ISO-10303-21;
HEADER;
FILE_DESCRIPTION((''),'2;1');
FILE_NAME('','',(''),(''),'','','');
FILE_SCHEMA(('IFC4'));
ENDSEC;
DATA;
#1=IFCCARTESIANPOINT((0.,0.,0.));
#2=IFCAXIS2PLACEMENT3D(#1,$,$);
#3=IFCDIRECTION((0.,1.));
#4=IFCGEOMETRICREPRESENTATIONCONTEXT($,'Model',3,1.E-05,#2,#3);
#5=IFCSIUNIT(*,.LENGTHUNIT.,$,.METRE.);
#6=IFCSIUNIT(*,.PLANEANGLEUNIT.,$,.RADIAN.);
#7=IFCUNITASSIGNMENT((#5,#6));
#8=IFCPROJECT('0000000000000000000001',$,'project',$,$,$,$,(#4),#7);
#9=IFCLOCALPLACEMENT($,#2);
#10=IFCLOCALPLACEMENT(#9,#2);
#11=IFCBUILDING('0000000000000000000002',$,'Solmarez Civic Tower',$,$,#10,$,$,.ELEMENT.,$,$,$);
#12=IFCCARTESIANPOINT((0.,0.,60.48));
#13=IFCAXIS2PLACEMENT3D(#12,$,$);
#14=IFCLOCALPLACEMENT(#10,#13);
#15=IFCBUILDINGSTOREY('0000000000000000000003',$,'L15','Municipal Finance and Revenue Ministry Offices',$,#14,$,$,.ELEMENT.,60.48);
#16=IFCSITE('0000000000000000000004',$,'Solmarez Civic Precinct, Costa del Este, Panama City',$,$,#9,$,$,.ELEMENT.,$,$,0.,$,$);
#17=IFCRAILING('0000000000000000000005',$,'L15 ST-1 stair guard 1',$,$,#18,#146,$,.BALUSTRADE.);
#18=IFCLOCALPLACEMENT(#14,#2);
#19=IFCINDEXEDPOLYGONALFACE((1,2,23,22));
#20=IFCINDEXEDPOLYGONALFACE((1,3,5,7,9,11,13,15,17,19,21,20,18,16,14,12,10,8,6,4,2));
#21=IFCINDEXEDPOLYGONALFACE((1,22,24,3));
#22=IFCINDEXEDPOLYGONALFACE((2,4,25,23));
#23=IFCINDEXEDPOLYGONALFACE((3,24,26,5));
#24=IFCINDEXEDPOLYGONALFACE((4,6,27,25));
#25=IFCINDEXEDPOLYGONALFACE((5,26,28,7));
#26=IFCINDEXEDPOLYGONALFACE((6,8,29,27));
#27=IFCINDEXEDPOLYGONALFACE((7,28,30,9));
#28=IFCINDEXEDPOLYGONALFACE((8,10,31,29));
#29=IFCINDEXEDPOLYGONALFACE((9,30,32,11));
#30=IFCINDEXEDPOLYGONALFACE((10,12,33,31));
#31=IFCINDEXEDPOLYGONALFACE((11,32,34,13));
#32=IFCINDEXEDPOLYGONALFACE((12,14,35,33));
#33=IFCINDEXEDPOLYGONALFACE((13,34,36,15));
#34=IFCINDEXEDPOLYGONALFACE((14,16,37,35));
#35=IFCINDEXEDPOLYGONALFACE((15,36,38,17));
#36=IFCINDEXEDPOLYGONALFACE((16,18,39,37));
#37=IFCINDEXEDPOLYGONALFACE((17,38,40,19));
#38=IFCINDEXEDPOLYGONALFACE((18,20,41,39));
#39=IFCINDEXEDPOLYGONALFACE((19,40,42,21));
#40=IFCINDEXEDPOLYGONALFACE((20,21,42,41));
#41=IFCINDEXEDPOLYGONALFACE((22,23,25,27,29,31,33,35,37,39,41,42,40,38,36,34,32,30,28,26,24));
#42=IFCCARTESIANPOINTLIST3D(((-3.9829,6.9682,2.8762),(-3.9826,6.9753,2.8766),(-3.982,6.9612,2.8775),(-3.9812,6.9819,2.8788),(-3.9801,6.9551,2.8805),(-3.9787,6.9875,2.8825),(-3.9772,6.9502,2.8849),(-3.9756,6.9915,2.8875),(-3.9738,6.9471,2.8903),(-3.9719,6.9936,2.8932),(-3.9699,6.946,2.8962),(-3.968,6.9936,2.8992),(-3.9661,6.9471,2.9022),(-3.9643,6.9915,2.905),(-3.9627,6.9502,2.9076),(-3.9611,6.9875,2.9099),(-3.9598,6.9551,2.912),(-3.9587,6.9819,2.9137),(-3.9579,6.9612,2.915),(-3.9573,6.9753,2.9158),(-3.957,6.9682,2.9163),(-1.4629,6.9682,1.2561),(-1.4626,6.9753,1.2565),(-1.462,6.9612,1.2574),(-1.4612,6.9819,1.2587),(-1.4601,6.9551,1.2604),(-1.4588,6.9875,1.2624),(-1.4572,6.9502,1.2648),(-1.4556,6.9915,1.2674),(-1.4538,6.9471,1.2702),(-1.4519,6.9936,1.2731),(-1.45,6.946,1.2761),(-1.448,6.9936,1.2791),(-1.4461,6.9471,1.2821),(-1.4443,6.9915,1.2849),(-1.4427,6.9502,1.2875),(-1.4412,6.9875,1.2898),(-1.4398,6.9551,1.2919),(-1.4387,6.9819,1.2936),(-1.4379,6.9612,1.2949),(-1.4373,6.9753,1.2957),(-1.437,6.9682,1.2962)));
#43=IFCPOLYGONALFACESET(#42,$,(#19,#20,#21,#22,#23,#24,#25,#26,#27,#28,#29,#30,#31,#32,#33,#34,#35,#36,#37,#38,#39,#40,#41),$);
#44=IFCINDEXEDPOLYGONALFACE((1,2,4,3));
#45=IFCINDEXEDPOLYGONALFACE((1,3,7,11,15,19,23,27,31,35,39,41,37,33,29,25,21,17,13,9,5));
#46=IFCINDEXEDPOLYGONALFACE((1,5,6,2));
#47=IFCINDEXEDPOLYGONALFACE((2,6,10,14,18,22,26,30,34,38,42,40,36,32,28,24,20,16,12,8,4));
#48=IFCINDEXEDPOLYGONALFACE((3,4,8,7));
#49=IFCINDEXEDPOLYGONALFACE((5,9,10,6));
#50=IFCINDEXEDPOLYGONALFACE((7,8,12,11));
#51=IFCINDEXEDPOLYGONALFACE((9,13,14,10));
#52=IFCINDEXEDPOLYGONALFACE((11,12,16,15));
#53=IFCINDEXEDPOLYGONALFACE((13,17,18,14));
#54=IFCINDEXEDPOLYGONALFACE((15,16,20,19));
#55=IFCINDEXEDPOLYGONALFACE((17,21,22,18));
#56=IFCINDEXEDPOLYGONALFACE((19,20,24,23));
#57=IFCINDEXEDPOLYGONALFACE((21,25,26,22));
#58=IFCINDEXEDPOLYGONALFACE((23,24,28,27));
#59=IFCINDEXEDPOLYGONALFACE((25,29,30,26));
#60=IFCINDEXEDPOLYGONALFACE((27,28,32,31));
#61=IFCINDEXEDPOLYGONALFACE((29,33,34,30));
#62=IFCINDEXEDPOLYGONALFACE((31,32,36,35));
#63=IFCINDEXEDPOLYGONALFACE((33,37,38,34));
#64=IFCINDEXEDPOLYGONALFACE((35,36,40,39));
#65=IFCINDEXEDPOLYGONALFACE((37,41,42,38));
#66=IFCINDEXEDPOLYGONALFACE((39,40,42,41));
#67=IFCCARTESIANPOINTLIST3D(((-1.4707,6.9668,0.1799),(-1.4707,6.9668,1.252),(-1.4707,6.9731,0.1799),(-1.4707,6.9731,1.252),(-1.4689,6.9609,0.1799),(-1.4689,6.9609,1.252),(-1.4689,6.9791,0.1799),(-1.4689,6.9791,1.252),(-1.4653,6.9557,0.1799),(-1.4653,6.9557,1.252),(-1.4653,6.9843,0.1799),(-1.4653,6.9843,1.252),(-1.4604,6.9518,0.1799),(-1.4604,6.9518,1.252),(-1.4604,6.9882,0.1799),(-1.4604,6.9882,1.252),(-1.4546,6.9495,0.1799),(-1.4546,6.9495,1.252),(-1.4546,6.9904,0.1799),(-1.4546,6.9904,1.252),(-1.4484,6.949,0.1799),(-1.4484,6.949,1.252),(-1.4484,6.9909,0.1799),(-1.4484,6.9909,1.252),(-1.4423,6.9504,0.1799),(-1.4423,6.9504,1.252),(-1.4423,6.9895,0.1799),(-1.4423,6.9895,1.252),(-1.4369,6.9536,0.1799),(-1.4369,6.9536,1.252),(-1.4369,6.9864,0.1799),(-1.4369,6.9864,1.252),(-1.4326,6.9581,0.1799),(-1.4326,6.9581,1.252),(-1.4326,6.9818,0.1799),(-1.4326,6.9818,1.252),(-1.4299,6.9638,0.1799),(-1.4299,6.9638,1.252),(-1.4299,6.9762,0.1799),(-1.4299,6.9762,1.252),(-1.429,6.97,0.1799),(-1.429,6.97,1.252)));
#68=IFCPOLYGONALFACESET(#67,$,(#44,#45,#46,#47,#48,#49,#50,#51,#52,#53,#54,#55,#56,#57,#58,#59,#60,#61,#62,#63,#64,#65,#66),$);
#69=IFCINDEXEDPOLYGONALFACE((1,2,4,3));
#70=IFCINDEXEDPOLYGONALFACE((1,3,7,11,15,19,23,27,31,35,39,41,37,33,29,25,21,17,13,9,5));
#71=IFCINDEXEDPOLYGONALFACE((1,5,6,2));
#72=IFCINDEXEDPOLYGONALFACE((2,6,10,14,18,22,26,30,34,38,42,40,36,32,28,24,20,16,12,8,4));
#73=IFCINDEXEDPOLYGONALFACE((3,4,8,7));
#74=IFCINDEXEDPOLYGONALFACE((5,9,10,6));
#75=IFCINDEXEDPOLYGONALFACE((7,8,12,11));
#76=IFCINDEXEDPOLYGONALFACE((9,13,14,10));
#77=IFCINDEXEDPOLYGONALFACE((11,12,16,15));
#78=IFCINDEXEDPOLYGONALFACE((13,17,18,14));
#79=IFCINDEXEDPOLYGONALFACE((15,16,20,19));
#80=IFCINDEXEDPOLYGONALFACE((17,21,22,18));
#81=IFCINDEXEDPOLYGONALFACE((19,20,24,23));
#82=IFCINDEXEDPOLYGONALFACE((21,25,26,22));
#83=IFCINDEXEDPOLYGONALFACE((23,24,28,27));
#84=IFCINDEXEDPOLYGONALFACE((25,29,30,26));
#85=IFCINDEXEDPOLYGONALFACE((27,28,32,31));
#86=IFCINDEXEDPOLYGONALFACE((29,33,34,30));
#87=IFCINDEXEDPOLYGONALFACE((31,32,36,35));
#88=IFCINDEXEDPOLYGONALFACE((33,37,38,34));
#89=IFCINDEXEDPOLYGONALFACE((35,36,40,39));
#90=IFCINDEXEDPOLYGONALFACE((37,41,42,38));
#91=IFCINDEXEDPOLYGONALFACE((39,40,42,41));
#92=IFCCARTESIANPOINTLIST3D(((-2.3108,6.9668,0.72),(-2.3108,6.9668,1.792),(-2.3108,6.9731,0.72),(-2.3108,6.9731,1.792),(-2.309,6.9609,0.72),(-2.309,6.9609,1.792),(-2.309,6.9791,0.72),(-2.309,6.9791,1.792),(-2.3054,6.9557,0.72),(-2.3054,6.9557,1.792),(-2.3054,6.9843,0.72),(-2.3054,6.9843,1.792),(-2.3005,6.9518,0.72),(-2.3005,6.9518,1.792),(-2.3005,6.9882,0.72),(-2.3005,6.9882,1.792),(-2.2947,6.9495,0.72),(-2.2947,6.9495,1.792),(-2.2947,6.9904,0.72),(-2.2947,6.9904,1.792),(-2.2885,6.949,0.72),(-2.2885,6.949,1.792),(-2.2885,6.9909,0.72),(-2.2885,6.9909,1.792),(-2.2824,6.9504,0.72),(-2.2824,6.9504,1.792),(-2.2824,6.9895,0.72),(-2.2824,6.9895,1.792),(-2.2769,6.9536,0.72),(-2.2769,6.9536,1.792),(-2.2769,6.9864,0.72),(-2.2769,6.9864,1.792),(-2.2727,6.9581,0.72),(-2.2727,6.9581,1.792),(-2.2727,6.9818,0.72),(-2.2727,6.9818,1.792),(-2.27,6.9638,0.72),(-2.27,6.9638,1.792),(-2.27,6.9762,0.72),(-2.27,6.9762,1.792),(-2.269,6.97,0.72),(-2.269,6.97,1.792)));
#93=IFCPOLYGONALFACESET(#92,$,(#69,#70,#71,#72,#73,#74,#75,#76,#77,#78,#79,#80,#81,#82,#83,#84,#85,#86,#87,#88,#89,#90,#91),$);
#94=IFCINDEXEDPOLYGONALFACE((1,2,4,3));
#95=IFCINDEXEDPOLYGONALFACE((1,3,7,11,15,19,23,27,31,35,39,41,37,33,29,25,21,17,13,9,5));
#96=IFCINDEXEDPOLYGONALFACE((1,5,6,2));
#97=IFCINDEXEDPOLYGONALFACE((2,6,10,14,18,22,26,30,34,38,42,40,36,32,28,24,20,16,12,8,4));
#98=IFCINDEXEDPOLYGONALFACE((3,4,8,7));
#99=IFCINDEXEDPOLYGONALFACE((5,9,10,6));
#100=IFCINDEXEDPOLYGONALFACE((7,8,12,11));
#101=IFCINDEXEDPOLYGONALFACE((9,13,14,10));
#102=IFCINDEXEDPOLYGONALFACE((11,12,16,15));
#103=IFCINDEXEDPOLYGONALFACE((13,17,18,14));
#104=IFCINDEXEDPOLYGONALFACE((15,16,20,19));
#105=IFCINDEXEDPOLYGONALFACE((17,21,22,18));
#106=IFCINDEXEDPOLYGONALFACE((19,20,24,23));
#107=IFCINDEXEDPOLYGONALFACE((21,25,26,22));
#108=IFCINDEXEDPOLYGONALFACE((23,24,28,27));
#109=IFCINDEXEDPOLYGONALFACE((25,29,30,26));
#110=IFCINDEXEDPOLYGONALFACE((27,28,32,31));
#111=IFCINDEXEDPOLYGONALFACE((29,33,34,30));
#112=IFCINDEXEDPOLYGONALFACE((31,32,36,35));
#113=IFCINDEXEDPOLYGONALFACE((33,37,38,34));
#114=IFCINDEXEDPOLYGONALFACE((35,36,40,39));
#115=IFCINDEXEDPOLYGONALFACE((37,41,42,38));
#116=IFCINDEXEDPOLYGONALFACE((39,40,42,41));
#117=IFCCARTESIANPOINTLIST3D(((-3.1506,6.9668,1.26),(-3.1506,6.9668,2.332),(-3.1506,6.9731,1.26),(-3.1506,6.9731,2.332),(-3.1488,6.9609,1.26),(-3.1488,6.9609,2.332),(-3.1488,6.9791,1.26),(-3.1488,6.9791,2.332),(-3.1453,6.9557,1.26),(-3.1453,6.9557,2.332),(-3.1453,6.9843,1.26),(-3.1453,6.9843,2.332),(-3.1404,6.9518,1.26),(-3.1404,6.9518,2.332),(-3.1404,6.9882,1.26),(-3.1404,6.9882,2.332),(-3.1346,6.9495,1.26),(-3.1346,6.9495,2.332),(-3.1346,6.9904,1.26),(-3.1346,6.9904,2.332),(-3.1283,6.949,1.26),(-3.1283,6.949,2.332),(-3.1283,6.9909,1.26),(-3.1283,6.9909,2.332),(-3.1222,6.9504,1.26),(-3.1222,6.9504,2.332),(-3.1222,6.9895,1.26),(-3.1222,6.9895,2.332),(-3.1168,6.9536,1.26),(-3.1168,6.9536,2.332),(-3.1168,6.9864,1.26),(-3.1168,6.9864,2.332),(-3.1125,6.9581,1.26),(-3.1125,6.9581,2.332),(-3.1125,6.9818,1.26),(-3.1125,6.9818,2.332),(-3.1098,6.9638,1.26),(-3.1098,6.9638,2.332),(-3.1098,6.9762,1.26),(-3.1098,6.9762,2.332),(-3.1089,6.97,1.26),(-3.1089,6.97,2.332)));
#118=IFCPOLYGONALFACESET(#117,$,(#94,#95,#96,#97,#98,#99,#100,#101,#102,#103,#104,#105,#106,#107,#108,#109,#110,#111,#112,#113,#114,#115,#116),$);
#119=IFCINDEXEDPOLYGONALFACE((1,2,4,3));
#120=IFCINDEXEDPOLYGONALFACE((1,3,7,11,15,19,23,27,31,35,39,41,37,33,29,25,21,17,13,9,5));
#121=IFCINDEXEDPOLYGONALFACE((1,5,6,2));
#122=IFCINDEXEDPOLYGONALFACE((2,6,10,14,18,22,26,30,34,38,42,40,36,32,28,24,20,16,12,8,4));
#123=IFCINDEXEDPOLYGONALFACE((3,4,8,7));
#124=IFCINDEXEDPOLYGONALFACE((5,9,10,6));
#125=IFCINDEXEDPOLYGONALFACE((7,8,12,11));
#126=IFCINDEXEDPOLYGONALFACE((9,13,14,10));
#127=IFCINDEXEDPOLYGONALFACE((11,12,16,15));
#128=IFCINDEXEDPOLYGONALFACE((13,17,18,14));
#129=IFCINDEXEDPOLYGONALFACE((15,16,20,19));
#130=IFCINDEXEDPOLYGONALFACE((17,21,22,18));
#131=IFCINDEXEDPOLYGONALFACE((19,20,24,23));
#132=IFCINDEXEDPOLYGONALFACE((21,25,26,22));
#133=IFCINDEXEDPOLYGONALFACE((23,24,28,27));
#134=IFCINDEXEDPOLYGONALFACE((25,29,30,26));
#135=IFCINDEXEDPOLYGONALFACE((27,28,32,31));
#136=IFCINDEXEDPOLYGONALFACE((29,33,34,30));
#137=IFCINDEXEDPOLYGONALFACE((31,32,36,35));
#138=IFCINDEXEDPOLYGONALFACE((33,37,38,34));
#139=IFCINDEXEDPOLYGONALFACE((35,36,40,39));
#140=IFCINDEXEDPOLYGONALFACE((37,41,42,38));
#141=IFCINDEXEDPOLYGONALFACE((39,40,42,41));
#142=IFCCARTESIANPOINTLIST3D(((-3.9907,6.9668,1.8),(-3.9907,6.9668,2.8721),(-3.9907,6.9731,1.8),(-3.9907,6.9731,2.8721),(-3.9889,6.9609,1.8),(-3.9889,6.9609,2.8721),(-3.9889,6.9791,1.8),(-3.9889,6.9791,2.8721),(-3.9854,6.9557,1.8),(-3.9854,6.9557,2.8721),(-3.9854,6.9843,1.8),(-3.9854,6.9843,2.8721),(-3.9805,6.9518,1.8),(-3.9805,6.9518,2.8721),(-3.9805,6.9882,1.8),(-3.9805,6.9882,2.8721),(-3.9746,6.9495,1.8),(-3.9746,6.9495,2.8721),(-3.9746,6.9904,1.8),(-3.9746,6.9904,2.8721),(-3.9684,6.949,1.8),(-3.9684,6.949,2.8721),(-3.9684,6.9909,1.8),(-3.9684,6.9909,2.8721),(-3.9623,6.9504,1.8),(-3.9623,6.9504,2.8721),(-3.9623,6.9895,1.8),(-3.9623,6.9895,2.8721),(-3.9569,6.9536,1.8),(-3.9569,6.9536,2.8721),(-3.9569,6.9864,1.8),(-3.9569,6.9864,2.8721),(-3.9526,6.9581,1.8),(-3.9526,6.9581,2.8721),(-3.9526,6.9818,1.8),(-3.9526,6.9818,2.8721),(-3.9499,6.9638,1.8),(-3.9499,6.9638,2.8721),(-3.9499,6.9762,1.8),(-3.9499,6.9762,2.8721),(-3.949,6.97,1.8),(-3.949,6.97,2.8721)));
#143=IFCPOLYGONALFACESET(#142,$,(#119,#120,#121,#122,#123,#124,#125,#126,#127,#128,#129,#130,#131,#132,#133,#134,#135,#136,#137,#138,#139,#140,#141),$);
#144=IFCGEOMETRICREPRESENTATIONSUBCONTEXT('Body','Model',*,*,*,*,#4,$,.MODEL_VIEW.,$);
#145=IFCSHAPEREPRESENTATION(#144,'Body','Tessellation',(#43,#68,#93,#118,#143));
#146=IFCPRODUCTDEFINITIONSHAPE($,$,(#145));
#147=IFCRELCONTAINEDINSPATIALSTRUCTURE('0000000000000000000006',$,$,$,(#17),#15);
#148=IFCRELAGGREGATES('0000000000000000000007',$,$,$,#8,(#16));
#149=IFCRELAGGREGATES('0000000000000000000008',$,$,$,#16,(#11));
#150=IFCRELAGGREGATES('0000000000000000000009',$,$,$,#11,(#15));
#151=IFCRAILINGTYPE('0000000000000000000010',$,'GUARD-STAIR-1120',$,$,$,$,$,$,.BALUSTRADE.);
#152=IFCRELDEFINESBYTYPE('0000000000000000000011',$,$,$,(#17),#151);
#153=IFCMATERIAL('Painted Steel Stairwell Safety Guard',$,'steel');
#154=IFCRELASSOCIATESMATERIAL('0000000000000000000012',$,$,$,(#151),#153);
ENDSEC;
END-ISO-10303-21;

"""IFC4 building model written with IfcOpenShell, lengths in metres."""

from ifc_helpers import new_model, si_unit, direction, frame, origin, origin_2d, place, context, subcontext, project, spatial, circle, extrude, material, type_object, element, save


model = new_model("IFC4")

# Units and contexts
model_context = context("Model", 3, precision=1e-05, world=origin(), true_north=direction((0.0, 1.0)))
body_context = subcontext(model_context, "Body", "Model", "MODEL_VIEW")
ifc_project = project(units=[si_unit("LENGTHUNIT", "METRE"), si_unit("PLANEANGLEUNIT", "RADIAN")], contexts=[model_context])

# Site, building, storey
site_placement = place(None, origin())
site = spatial("IfcSite", under=ifc_project, at=site_placement, Name="Solmarez Civic Precinct, Costa del Este, Panama City", CompositionType="ELEMENT", RefElevation=0.0)
building_placement = place(site_placement, origin())
building = spatial("IfcBuilding", under=site, at=building_placement, Name="Solmarez Civic Tower", CompositionType="ELEMENT")
storey_placement = place(building_placement, frame((0.0, 0.0, 60.48)))
storey = spatial("IfcBuildingStorey", under=building, at=storey_placement, Name="L15", Description="Municipal Finance and Revenue Ministry Offices", CompositionType="ELEMENT", Elevation=60.48)

# Railing
ifc_material_1 = material(Name="Painted Steel Stairwell Safety Guard", Category="steel")
railing_type_1 = type_object("IfcRailingType", Name="GUARD-STAIR-1120", PredefinedType="BALUSTRADE", material=ifc_material_1)
railing_1_placement = place(storey_placement, frame((-1.45, 6.97, 0.1799)))
element("IfcRailing", 1, at=railing_1_placement, inside=storey, type_object=railing_type_1, Name="L15 ST-1 stair guard 1", PredefinedType="BALUSTRADE", context=body_context, shape_type="SweptSolid", body=[
    extrude(circle(Radius=0.0239, at=origin_2d()), frame((0.0, 0.0, 1.0962), z_axis=(-0.841163, 0.0, 0.540782), x_axis=(0.0, -1.0, 0.0)), (0.0, 0.0, 1.0), 2.9958),
    extrude(circle(Radius=0.021, at=origin_2d()), origin(), (0.0, 0.0, 1.0), 1.072),
    extrude(circle(Radius=0.021, at=origin_2d()), frame((-0.8401, 0.0, 0.54)), (0.0, 0.0, 1.0), 1.072),
    extrude(circle(Radius=0.021, at=origin_2d()), frame((-1.6799, 0.0, 1.0801)), (0.0, 0.0, 1.0), 1.072),
    extrude(circle(Radius=0.021, at=origin_2d()), frame((-2.52, 0.0, 1.6201)), (0.0, 0.0, 1.0), 1.072),
])

save(model, "model.ifc")
